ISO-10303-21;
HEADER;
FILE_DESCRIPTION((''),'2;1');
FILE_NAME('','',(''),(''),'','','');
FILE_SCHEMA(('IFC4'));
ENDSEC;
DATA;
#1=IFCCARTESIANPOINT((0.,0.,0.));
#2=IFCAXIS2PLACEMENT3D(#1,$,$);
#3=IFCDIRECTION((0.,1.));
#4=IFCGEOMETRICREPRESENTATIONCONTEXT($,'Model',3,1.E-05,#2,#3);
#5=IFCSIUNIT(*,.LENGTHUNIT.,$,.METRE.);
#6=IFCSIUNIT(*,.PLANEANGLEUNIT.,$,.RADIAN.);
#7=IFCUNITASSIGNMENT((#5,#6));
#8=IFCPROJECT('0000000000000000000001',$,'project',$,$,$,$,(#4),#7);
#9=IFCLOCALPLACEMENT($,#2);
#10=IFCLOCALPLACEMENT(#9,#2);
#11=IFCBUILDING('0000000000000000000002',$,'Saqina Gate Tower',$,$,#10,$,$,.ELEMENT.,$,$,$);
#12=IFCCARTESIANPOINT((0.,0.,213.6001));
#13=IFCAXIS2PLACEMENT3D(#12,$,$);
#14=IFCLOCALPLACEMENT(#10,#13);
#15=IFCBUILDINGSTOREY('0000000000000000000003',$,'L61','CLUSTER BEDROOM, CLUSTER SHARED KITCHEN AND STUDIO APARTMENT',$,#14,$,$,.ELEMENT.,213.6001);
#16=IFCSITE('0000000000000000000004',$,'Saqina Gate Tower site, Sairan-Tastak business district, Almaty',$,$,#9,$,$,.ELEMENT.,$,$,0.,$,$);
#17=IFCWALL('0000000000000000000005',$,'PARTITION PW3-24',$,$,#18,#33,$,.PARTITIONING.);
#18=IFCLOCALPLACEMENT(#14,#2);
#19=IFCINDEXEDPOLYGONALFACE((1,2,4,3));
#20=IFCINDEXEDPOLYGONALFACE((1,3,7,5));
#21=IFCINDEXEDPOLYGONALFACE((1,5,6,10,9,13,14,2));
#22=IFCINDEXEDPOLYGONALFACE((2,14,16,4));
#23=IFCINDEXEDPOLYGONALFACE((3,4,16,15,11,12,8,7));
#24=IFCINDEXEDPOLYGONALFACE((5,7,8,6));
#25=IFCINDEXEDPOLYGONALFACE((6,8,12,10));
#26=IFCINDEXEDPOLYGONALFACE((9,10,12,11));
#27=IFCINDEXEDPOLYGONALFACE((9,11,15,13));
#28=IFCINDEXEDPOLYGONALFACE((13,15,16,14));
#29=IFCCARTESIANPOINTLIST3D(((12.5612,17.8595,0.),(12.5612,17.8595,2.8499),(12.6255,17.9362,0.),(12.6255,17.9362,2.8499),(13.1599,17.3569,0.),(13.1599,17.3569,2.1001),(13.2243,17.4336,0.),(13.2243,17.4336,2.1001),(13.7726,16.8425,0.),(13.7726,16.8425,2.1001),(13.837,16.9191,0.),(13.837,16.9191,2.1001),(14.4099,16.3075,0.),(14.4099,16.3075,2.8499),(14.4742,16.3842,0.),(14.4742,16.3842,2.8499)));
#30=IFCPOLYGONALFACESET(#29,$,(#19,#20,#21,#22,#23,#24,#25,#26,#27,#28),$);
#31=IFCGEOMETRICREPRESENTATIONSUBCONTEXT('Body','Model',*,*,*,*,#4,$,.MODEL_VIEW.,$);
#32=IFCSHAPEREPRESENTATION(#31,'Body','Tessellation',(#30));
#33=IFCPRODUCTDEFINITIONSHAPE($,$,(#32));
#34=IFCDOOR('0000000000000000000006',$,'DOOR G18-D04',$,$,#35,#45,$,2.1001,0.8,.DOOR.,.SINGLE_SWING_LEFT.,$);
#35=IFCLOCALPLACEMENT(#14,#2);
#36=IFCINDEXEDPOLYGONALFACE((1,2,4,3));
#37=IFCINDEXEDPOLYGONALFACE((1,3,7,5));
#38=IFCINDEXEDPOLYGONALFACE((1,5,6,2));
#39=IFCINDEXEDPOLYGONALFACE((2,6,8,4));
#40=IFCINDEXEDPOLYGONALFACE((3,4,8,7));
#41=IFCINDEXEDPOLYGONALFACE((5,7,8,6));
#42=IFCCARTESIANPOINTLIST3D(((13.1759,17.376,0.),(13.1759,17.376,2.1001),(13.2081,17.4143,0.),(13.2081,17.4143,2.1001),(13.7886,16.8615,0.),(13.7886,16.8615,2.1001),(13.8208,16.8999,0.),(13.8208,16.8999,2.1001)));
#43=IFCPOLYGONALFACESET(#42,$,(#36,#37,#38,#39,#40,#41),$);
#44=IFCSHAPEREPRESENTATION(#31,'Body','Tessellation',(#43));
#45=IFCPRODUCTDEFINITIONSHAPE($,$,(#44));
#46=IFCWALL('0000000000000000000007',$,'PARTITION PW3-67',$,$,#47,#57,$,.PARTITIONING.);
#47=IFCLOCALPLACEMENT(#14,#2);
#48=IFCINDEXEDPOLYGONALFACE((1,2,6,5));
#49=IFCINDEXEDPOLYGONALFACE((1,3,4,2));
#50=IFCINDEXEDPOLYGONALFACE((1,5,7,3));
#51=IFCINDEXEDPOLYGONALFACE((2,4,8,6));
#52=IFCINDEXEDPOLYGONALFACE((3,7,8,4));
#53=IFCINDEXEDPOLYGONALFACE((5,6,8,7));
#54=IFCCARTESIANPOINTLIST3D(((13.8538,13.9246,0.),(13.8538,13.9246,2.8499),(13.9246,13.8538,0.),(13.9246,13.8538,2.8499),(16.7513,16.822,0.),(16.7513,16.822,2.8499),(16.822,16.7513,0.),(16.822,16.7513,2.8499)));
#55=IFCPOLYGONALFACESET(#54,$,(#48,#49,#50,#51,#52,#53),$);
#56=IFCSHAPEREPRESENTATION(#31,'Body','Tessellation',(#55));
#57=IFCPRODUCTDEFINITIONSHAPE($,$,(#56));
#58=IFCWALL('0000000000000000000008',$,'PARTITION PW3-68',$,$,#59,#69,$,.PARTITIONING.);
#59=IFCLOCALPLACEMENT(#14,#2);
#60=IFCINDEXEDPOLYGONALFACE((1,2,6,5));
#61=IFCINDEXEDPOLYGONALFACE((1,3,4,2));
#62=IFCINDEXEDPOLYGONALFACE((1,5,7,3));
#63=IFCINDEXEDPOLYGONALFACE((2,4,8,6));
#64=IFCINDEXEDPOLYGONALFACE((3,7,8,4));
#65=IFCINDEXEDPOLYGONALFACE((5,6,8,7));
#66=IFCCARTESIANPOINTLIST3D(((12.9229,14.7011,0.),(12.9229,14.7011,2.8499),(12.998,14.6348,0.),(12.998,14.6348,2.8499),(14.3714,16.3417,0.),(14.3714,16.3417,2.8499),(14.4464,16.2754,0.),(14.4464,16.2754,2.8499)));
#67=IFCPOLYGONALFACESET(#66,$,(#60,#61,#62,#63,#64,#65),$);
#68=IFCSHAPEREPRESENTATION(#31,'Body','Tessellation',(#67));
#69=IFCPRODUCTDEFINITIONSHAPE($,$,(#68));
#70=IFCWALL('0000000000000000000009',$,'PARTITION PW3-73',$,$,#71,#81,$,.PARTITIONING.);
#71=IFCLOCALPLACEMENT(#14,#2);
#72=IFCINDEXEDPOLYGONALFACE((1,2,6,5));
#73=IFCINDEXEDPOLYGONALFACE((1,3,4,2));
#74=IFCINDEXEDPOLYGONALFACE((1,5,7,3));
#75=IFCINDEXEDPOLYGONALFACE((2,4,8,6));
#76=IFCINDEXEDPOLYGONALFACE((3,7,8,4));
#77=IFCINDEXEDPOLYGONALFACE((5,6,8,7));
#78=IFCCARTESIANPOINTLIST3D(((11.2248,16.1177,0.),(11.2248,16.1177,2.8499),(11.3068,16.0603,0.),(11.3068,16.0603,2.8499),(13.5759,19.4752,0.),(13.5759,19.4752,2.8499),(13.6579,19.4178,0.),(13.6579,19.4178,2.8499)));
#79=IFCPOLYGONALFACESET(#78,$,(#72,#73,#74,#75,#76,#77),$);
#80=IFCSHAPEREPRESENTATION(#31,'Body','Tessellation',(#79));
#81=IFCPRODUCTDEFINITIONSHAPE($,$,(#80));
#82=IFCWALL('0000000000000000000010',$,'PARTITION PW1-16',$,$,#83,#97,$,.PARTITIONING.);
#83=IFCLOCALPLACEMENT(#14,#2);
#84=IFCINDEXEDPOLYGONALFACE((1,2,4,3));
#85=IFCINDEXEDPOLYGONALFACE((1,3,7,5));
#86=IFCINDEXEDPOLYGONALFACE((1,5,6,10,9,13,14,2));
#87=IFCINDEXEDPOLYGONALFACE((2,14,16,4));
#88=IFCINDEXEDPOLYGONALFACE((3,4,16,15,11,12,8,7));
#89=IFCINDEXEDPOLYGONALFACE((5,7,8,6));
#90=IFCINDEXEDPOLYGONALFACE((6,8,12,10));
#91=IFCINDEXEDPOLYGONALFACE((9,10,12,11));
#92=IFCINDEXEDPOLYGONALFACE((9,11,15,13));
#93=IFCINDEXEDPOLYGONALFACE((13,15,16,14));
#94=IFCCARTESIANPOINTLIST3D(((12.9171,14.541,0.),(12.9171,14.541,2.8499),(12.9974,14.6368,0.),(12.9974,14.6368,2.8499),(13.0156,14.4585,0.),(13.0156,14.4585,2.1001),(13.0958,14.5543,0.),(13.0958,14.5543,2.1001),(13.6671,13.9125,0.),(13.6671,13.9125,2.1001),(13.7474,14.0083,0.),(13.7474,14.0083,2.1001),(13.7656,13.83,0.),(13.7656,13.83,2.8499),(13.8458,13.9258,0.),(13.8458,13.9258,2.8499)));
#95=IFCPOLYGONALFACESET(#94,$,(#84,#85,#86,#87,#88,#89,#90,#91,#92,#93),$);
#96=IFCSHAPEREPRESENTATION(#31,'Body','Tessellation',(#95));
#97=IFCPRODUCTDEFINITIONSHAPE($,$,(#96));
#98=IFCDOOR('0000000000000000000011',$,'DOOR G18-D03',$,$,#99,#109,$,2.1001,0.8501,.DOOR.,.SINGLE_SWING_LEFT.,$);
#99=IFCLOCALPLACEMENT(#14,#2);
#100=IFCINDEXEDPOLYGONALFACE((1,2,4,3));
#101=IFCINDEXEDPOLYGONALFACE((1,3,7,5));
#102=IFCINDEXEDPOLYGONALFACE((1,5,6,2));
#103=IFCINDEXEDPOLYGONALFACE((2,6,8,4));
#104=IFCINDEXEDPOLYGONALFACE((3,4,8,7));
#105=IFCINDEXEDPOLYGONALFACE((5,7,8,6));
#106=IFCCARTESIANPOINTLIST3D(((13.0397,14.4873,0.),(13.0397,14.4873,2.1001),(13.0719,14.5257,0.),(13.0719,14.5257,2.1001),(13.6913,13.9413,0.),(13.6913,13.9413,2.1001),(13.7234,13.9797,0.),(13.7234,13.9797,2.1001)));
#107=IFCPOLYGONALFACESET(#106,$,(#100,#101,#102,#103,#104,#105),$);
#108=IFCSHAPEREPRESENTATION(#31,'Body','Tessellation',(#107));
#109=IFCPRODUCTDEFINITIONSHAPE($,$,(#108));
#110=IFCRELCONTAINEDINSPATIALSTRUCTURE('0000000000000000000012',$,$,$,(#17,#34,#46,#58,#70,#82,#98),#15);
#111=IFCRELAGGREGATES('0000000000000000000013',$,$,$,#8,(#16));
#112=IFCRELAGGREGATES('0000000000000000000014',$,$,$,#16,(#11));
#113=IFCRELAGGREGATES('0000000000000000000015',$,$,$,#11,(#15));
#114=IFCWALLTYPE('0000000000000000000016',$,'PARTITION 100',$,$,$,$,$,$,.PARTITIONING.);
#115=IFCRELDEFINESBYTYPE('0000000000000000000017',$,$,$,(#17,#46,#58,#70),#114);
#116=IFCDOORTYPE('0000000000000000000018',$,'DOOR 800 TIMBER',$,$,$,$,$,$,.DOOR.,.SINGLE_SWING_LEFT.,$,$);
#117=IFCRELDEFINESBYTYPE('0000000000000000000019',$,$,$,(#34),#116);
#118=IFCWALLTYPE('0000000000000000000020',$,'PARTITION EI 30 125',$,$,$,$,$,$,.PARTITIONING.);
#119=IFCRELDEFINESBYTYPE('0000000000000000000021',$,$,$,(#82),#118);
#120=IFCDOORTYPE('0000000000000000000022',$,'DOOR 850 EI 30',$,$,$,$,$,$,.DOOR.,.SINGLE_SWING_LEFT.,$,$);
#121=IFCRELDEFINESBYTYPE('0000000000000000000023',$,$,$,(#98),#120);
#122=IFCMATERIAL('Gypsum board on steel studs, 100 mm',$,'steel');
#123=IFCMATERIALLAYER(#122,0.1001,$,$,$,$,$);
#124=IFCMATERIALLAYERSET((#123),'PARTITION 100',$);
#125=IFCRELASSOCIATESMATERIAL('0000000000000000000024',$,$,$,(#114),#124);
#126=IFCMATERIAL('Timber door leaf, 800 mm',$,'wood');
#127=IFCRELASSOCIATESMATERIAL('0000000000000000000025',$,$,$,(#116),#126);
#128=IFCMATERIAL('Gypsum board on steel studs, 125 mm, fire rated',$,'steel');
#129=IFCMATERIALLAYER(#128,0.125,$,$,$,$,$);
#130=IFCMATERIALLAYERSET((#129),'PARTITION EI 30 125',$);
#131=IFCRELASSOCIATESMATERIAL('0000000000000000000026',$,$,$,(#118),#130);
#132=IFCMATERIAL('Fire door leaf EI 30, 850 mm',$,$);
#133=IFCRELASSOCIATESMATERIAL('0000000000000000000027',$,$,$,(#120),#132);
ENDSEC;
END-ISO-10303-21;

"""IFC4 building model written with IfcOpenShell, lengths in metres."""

from ifc_helpers import new_model, si_unit, direction, frame, frame_2d, origin, place, context, subcontext, project, spatial, rectangle, extrude, material, layer, layer_set, type_object, element, fill, save


model = new_model("IFC4")

# Units and contexts
model_context = context("Model", 3, precision=1e-05, world=origin(), true_north=direction((0.0, 1.0)))
body_context = subcontext(model_context, "Body", "Model", "MODEL_VIEW")
ifc_project = project(units=[si_unit("LENGTHUNIT", "METRE"), si_unit("PLANEANGLEUNIT", "RADIAN")], contexts=[model_context])

# Site, building, storey
site_placement = place(None, origin())
site = spatial("IfcSite", under=ifc_project, at=site_placement, Name="Saqina Gate Tower site, Sairan-Tastak business district, Almaty", CompositionType="ELEMENT", RefElevation=0.0)
building_placement = place(site_placement, origin())
building = spatial("IfcBuilding", under=site, at=building_placement, Name="Saqina Gate Tower", CompositionType="ELEMENT")
storey_placement = place(building_placement, frame((0.0, 0.0, 213.6001)))
storey = spatial("IfcBuildingStorey", under=building, at=storey_placement, Name="L61", Description="CLUSTER BEDROOM, CLUSTER SHARED KITCHEN AND STUDIO APARTMENT", CompositionType="ELEMENT", Elevation=213.6001)

# Shared definitions
ifc_material_1 = material(Name="Gypsum board on steel studs, 100 mm", Category="steel")
ifc_layer_1 = layer(ifc_material_1, 0.1001)
ifc_layer_set_1 = layer_set([ifc_layer_1], Name="PARTITION 100")
wall_type_1 = type_object("IfcWallType", Name="PARTITION 100", PredefinedType="PARTITIONING", material=ifc_layer_set_1)

# Wall, opening, door
ifc_material_2 = material(Name="Timber door leaf, 800 mm", Category="wood")
door_type_1 = type_object("IfcDoorType", Name="DOOR 800 TIMBER", OperationType="SINGLE_SWING_LEFT", PredefinedType="DOOR", material=ifc_material_2)
wall_1_placement = place(storey_placement, frame((12.5933, 17.8979, 0.0), z_axis=(0.0, 0.0, 1.0), x_axis=(0.765878, -0.642986, 0.0)))
wall_1 = element("IfcWall", 1, at=wall_1_placement, inside=storey, type_object=wall_type_1, Name="PARTITION PW3-24", PredefinedType="PARTITIONING", context=body_context, shape_type="SweptSolid", body=[
    extrude(rectangle(XDim=2.4138, YDim=0.1001, at=frame_2d((1.207, 0.0))), origin(), (0.0, 0.0, 1.0), 2.8499),
])
opening_1_placement = place(wall_1_placement, frame((0.782, 0.0, 0.0)))
opening_1 = element("IfcOpeningElement", 2, at=opening_1_placement, cuts=wall_1, PredefinedType="OPENING", context=body_context, shape_type="SweptSolid", body=[
    extrude(rectangle(XDim=0.8, YDim=2.1001, at=frame_2d((0.3999, 1.05))), frame((0.0, 0.062, 0.0), z_axis=(0.0, -1.0, 0.0), x_axis=(1.0, 0.0, 0.0)), (0.0, 0.0, 1.0), 0.124),
])
door_1_placement = place(opening_1_placement, origin())
door_1 = element("IfcDoor", 3, at=door_1_placement, inside=storey, type_object=door_type_1, Name="DOOR G18-D04", OperationType="SINGLE_SWING_LEFT", OverallHeight=2.1001, OverallWidth=0.8, PredefinedType="DOOR", context=body_context, shape_type="SweptSolid", body=[
    extrude(rectangle(XDim=0.8, YDim=2.1001, at=frame_2d((0.3999, 1.05))), frame((0.0, 0.0249, 0.0), z_axis=(0.0, -1.0, 0.0), x_axis=(1.0, 0.0, 0.0)), (0.0, 0.0, 1.0), 0.05),
])
fill(opening_1, door_1)

# Walls
wall_2_placement = place(storey_placement, frame((13.8892, 13.8892, 0.0), z_axis=(0.0, 0.0, 1.0), x_axis=(0.707107, 0.707107, 0.0)))
element("IfcWall", 4, at=wall_2_placement, inside=storey, type_object=wall_type_1, Name="PARTITION PW3-67", PredefinedType="PARTITIONING", context=body_context, shape_type="SweptSolid", body=[
    extrude(rectangle(XDim=4.0977, YDim=0.1001, at=frame_2d((2.0488, 0.0))), origin(), (0.0, 0.0, 1.0), 2.8499),
])
wall_3_placement = place(storey_placement, frame((12.9604, 14.668, 0.0), z_axis=(0.0, 0.0, 1.0), x_axis=(0.661847, 0.749639, 0.0)))
element("IfcWall", 5, at=wall_3_placement, inside=storey, type_object=wall_type_1, Name="PARTITION PW3-68", PredefinedType="PARTITIONING", context=body_context, shape_type="SweptSolid", body=[
    extrude(rectangle(XDim=2.1885, YDim=0.1001, at=frame_2d((1.0942, 0.0))), origin(), (0.0, 0.0, 1.0), 2.8499),
])
wall_4_placement = place(storey_placement, frame((11.2659, 16.0891, 0.0), z_axis=(0.0, 0.0, 1.0), x_axis=(0.573606, 0.819131, 0.0)))
element("IfcWall", 6, at=wall_4_placement, inside=storey, type_object=wall_type_1, Name="PARTITION PW3-73", PredefinedType="PARTITIONING", context=body_context, shape_type="SweptSolid", body=[
    extrude(rectangle(XDim=4.0989, YDim=0.1001, at=frame_2d((2.0493, 0.0))), origin(), (0.0, 0.0, 1.0), 2.8499),
])

# Wall, opening, door
ifc_material_3 = material(Name="Gypsum board on steel studs, 125 mm, fire rated", Category="steel")
ifc_layer_2 = layer(ifc_material_3, 0.125)
ifc_layer_set_2 = layer_set([ifc_layer_2], Name="PARTITION EI 30 125")
wall_type_2 = type_object("IfcWallType", Name="PARTITION EI 30 125", PredefinedType="PARTITIONING", material=ifc_layer_set_2)
wall_5_placement = place(storey_placement, frame((12.9573, 14.5889, 0.0), z_axis=(0.0, 0.0, 1.0), x_axis=(0.766465, -0.642286, 0.0)))
wall_5 = element("IfcWall", 7, at=wall_5_placement, inside=storey, type_object=wall_type_2, Name="PARTITION PW1-16", PredefinedType="PARTITIONING", context=body_context, shape_type="SweptSolid", body=[
    extrude(rectangle(XDim=1.1069, YDim=0.125, at=frame_2d((0.5535, 0.0))), origin(), (0.0, 0.0, 1.0), 2.8499),
])
opening_2_placement = place(wall_5_placement, frame((0.1284, 0.0, 0.0)))
opening_2 = element("IfcOpeningElement", 8, at=opening_2_placement, cuts=wall_5, PredefinedType="OPENING", context=body_context, shape_type="SweptSolid", body=[
    extrude(rectangle(XDim=0.8501, YDim=2.1001, at=frame_2d((0.425, 1.05))), frame((0.0, 0.0745, 0.0), z_axis=(0.0, -1.0, 0.0), x_axis=(1.0, 0.0, 0.0)), (0.0, 0.0, 1.0), 0.1489),
])
ifc_material_4 = material(Name="Fire door leaf EI 30, 850 mm")
door_type_2 = type_object("IfcDoorType", Name="DOOR 850 EI 30", OperationType="SINGLE_SWING_LEFT", PredefinedType="DOOR", material=ifc_material_4)
door_2_placement = place(opening_2_placement, frame((0.8501, 0.0, 0.0), z_axis=(0.0, 0.0, 1.0), x_axis=(-1.0, 0.0, 0.0)))
door_2 = element("IfcDoor", 9, at=door_2_placement, inside=storey, type_object=door_type_2, Name="DOOR G18-D03", OperationType="SINGLE_SWING_LEFT", OverallHeight=2.1001, OverallWidth=0.8501, PredefinedType="DOOR", context=body_context, shape_type="SweptSolid", body=[
    extrude(rectangle(XDim=0.8501, YDim=2.1001, at=frame_2d((0.425, 1.05))), frame((0.0, 0.0249, 0.0), z_axis=(0.0, -1.0, 0.0), x_axis=(1.0, 0.0, 0.0)), (0.0, 0.0, 1.0), 0.05),
])
fill(opening_2, door_2)

save(model, "model.ifc")
